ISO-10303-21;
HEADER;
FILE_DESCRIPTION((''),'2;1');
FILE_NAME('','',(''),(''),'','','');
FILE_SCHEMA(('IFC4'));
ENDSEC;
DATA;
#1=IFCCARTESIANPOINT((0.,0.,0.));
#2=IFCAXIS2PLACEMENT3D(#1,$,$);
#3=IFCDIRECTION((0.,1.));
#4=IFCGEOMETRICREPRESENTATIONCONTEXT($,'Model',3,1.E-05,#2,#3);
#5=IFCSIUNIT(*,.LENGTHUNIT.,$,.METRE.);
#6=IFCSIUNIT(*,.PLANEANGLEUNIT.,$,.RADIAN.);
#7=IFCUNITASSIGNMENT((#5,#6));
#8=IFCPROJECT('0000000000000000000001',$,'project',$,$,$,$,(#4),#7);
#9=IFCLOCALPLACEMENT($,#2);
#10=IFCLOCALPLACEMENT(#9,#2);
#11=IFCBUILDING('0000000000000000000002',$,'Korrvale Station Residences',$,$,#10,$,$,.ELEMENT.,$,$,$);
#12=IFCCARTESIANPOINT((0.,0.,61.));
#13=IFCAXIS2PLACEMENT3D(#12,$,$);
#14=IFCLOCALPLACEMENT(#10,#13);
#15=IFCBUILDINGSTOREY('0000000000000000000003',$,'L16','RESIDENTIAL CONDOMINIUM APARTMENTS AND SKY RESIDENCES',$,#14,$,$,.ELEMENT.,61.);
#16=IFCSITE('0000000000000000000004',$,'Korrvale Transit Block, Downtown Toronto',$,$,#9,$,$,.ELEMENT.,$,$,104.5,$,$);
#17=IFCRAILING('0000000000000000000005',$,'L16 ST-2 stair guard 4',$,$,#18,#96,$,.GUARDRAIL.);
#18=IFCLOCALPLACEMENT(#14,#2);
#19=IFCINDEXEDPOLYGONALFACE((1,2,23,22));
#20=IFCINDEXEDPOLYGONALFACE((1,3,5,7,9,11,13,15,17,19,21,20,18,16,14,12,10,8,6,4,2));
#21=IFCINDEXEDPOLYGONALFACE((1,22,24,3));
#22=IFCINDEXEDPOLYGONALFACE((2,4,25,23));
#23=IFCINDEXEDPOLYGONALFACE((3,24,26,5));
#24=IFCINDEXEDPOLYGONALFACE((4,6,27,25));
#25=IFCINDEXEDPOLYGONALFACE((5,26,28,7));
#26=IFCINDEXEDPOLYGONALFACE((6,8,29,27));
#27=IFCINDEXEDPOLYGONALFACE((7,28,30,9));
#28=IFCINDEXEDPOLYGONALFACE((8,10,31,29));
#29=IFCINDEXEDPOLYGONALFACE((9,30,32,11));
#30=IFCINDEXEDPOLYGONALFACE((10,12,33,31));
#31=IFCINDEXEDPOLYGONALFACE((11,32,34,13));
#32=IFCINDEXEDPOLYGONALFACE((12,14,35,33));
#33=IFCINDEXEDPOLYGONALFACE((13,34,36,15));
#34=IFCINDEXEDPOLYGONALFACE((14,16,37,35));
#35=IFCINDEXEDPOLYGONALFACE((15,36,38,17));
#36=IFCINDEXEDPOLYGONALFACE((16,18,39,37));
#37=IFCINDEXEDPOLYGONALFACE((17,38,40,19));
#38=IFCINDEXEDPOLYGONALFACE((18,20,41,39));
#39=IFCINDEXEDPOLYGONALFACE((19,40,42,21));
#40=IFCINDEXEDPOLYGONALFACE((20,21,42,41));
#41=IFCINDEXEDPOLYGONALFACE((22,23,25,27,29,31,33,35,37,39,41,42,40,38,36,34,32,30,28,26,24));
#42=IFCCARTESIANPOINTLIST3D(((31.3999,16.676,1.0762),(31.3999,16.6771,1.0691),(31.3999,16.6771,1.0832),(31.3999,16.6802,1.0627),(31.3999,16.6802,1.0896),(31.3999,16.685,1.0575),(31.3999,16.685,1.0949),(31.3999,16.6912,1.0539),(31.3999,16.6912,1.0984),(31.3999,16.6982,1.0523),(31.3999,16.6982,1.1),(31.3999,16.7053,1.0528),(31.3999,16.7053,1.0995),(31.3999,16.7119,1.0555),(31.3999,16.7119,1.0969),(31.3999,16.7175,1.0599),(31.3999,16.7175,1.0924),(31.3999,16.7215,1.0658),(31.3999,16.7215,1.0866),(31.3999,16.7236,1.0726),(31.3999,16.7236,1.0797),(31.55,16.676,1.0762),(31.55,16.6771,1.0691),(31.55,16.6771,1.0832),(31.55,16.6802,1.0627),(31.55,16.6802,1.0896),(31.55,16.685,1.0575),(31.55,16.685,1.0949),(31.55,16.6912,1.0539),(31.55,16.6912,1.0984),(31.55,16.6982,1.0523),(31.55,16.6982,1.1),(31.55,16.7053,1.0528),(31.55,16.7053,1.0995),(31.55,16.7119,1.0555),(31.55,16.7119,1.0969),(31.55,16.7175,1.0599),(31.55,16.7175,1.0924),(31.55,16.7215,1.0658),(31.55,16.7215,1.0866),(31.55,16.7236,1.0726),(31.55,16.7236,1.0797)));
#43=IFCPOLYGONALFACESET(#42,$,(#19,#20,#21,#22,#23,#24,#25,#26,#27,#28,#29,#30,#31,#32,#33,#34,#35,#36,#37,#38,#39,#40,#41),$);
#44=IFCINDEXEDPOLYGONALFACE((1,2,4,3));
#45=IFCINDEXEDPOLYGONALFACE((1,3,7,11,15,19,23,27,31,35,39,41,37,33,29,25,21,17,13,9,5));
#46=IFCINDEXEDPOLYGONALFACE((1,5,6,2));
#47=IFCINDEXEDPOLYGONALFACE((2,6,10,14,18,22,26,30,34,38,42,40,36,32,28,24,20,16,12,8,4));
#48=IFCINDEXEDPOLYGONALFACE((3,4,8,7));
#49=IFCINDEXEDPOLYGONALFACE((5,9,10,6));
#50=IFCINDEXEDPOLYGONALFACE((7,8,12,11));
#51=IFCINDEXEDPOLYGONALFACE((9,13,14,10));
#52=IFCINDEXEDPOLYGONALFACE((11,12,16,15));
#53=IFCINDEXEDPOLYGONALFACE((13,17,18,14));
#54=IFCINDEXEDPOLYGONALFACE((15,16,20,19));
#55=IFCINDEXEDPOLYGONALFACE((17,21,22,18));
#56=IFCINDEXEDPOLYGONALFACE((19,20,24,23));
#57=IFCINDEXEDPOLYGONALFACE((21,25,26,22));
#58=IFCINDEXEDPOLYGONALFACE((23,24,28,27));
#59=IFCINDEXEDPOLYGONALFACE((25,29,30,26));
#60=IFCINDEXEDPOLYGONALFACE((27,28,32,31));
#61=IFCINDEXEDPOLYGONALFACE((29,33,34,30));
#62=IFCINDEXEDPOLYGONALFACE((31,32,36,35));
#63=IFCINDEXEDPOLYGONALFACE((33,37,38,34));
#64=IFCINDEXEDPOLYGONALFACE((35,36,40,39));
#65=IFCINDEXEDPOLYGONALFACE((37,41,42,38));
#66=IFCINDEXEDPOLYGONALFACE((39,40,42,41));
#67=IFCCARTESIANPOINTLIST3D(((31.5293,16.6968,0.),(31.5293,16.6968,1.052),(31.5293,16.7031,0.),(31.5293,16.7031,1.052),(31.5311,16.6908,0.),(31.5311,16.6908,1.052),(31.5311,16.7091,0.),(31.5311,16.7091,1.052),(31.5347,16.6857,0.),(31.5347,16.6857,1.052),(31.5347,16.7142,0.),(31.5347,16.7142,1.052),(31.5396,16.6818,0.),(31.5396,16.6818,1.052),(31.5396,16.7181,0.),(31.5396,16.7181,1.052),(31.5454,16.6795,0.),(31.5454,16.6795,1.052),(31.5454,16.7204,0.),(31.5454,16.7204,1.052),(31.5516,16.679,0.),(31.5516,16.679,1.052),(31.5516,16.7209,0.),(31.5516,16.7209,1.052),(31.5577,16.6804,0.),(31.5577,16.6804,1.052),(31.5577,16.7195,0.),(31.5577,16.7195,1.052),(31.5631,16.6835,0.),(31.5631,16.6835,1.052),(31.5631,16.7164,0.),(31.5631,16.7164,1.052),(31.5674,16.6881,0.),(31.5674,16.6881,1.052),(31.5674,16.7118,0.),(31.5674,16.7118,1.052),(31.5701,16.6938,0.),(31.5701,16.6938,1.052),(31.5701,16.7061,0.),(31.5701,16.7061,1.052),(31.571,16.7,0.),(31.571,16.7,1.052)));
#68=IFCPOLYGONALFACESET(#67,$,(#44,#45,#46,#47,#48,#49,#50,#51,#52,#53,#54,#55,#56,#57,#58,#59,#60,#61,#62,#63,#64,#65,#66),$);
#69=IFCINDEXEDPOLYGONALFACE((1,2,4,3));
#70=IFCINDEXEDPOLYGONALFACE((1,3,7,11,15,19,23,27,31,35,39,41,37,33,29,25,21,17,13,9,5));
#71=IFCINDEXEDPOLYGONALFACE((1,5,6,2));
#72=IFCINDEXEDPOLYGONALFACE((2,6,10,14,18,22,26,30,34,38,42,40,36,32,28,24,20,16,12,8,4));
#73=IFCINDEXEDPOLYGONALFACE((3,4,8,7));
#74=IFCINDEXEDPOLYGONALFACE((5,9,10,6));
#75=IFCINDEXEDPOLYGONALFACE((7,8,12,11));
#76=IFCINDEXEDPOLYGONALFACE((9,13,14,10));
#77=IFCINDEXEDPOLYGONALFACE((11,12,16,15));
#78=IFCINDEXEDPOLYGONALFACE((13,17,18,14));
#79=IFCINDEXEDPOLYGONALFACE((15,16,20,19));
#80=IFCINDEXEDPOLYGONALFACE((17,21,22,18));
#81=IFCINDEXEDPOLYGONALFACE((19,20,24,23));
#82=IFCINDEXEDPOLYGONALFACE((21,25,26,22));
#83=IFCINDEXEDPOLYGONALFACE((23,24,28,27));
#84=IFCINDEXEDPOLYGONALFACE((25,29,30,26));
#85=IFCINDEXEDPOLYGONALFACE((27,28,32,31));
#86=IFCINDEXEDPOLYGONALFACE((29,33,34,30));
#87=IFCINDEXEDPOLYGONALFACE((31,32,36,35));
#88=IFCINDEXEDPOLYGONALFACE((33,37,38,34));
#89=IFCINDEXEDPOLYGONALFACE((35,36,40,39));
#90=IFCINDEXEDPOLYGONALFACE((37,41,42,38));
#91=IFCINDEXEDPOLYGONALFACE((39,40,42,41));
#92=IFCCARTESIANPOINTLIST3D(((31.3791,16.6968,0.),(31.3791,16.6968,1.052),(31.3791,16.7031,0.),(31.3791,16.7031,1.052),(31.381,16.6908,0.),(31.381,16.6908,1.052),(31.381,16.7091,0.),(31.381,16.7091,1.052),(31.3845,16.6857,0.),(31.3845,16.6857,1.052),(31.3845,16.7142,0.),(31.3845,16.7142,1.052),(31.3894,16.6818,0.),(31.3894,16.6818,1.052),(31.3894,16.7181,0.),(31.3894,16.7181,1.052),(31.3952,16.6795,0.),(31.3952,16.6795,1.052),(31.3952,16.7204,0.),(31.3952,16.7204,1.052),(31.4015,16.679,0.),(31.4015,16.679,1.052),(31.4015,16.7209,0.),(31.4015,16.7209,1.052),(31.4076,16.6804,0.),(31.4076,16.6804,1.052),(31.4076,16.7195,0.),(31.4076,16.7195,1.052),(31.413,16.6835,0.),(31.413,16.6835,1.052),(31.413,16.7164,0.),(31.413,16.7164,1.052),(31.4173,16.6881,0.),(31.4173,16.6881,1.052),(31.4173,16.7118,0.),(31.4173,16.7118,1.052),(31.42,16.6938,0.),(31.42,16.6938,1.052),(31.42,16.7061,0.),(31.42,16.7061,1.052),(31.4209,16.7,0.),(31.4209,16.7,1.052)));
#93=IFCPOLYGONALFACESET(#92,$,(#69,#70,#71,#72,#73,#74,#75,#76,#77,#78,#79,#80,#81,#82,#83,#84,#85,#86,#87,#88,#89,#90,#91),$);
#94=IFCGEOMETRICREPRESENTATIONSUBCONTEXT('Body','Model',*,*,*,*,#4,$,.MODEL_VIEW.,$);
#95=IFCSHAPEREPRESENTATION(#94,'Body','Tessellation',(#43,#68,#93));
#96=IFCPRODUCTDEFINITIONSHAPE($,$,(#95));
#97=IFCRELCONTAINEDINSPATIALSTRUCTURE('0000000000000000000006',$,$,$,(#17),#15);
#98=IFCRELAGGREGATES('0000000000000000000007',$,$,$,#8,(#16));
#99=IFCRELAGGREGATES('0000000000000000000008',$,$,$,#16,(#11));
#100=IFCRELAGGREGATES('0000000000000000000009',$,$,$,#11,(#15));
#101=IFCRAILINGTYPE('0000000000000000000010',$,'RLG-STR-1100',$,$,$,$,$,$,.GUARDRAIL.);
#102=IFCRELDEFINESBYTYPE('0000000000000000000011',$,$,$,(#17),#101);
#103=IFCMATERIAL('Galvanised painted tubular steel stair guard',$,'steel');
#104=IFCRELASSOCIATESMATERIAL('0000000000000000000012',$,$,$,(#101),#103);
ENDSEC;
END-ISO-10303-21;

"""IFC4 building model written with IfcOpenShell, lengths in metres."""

from ifc_helpers import new_model, si_unit, direction, frame, origin, origin_2d, place, context, subcontext, project, spatial, circle, extrude, material, type_object, element, save


model = new_model("IFC4")

# Units and contexts
model_context = context("Model", 3, precision=1e-05, world=origin(), true_north=direction((0.0, 1.0)))
body_context = subcontext(model_context, "Body", "Model", "MODEL_VIEW")
ifc_project = project(units=[si_unit("LENGTHUNIT", "METRE"), si_unit("PLANEANGLEUNIT", "RADIAN")], contexts=[model_context])

# Site, building, storey
site_placement = place(None, origin())
site = spatial("IfcSite", under=ifc_project, at=site_placement, Name="Korrvale Transit Block, Downtown Toronto", CompositionType="ELEMENT", RefElevation=104.5)
building_placement = place(site_placement, origin())
building = spatial("IfcBuilding", under=site, at=building_placement, Name="Korrvale Station Residences", CompositionType="ELEMENT")
storey_placement = place(building_placement, frame((0.0, 0.0, 61.0)))
storey = spatial("IfcBuildingStorey", under=building, at=storey_placement, Name="L16", Description="RESIDENTIAL CONDOMINIUM APARTMENTS AND SKY RESIDENCES", CompositionType="ELEMENT", Elevation=61.0)

# Railing
ifc_material_1 = material(Name="Galvanised painted tubular steel stair guard", Category="steel")
railing_type_1 = type_object("IfcRailingType", Name="RLG-STR-1100", PredefinedType="GUARDRAIL", material=ifc_material_1)
railing_1_placement = place(storey_placement, frame((31.55, 16.7, 0.0)))
element("IfcRailing", 1, at=railing_1_placement, inside=storey, type_object=railing_type_1, Name="L16 ST-2 stair guard 4", PredefinedType="GUARDRAIL", context=body_context, shape_type="SweptSolid", body=[
    extrude(circle(Radius=0.0239, at=origin_2d()), frame((0.0, 0.0, 1.0762), z_axis=(-1.0, 0.0, 0.0), x_axis=(0.0, -1.0, 0.0)), (0.0, 0.0, 1.0), 0.1501),
    extrude(circle(Radius=0.021, at=origin_2d()), origin(), (0.0, 0.0, 1.0), 1.052),
    extrude(circle(Radius=0.021, at=origin_2d()), frame((-0.1501, 0.0, 0.0)), (0.0, 0.0, 1.0), 1.052),
])

save(model, "model.ifc")
